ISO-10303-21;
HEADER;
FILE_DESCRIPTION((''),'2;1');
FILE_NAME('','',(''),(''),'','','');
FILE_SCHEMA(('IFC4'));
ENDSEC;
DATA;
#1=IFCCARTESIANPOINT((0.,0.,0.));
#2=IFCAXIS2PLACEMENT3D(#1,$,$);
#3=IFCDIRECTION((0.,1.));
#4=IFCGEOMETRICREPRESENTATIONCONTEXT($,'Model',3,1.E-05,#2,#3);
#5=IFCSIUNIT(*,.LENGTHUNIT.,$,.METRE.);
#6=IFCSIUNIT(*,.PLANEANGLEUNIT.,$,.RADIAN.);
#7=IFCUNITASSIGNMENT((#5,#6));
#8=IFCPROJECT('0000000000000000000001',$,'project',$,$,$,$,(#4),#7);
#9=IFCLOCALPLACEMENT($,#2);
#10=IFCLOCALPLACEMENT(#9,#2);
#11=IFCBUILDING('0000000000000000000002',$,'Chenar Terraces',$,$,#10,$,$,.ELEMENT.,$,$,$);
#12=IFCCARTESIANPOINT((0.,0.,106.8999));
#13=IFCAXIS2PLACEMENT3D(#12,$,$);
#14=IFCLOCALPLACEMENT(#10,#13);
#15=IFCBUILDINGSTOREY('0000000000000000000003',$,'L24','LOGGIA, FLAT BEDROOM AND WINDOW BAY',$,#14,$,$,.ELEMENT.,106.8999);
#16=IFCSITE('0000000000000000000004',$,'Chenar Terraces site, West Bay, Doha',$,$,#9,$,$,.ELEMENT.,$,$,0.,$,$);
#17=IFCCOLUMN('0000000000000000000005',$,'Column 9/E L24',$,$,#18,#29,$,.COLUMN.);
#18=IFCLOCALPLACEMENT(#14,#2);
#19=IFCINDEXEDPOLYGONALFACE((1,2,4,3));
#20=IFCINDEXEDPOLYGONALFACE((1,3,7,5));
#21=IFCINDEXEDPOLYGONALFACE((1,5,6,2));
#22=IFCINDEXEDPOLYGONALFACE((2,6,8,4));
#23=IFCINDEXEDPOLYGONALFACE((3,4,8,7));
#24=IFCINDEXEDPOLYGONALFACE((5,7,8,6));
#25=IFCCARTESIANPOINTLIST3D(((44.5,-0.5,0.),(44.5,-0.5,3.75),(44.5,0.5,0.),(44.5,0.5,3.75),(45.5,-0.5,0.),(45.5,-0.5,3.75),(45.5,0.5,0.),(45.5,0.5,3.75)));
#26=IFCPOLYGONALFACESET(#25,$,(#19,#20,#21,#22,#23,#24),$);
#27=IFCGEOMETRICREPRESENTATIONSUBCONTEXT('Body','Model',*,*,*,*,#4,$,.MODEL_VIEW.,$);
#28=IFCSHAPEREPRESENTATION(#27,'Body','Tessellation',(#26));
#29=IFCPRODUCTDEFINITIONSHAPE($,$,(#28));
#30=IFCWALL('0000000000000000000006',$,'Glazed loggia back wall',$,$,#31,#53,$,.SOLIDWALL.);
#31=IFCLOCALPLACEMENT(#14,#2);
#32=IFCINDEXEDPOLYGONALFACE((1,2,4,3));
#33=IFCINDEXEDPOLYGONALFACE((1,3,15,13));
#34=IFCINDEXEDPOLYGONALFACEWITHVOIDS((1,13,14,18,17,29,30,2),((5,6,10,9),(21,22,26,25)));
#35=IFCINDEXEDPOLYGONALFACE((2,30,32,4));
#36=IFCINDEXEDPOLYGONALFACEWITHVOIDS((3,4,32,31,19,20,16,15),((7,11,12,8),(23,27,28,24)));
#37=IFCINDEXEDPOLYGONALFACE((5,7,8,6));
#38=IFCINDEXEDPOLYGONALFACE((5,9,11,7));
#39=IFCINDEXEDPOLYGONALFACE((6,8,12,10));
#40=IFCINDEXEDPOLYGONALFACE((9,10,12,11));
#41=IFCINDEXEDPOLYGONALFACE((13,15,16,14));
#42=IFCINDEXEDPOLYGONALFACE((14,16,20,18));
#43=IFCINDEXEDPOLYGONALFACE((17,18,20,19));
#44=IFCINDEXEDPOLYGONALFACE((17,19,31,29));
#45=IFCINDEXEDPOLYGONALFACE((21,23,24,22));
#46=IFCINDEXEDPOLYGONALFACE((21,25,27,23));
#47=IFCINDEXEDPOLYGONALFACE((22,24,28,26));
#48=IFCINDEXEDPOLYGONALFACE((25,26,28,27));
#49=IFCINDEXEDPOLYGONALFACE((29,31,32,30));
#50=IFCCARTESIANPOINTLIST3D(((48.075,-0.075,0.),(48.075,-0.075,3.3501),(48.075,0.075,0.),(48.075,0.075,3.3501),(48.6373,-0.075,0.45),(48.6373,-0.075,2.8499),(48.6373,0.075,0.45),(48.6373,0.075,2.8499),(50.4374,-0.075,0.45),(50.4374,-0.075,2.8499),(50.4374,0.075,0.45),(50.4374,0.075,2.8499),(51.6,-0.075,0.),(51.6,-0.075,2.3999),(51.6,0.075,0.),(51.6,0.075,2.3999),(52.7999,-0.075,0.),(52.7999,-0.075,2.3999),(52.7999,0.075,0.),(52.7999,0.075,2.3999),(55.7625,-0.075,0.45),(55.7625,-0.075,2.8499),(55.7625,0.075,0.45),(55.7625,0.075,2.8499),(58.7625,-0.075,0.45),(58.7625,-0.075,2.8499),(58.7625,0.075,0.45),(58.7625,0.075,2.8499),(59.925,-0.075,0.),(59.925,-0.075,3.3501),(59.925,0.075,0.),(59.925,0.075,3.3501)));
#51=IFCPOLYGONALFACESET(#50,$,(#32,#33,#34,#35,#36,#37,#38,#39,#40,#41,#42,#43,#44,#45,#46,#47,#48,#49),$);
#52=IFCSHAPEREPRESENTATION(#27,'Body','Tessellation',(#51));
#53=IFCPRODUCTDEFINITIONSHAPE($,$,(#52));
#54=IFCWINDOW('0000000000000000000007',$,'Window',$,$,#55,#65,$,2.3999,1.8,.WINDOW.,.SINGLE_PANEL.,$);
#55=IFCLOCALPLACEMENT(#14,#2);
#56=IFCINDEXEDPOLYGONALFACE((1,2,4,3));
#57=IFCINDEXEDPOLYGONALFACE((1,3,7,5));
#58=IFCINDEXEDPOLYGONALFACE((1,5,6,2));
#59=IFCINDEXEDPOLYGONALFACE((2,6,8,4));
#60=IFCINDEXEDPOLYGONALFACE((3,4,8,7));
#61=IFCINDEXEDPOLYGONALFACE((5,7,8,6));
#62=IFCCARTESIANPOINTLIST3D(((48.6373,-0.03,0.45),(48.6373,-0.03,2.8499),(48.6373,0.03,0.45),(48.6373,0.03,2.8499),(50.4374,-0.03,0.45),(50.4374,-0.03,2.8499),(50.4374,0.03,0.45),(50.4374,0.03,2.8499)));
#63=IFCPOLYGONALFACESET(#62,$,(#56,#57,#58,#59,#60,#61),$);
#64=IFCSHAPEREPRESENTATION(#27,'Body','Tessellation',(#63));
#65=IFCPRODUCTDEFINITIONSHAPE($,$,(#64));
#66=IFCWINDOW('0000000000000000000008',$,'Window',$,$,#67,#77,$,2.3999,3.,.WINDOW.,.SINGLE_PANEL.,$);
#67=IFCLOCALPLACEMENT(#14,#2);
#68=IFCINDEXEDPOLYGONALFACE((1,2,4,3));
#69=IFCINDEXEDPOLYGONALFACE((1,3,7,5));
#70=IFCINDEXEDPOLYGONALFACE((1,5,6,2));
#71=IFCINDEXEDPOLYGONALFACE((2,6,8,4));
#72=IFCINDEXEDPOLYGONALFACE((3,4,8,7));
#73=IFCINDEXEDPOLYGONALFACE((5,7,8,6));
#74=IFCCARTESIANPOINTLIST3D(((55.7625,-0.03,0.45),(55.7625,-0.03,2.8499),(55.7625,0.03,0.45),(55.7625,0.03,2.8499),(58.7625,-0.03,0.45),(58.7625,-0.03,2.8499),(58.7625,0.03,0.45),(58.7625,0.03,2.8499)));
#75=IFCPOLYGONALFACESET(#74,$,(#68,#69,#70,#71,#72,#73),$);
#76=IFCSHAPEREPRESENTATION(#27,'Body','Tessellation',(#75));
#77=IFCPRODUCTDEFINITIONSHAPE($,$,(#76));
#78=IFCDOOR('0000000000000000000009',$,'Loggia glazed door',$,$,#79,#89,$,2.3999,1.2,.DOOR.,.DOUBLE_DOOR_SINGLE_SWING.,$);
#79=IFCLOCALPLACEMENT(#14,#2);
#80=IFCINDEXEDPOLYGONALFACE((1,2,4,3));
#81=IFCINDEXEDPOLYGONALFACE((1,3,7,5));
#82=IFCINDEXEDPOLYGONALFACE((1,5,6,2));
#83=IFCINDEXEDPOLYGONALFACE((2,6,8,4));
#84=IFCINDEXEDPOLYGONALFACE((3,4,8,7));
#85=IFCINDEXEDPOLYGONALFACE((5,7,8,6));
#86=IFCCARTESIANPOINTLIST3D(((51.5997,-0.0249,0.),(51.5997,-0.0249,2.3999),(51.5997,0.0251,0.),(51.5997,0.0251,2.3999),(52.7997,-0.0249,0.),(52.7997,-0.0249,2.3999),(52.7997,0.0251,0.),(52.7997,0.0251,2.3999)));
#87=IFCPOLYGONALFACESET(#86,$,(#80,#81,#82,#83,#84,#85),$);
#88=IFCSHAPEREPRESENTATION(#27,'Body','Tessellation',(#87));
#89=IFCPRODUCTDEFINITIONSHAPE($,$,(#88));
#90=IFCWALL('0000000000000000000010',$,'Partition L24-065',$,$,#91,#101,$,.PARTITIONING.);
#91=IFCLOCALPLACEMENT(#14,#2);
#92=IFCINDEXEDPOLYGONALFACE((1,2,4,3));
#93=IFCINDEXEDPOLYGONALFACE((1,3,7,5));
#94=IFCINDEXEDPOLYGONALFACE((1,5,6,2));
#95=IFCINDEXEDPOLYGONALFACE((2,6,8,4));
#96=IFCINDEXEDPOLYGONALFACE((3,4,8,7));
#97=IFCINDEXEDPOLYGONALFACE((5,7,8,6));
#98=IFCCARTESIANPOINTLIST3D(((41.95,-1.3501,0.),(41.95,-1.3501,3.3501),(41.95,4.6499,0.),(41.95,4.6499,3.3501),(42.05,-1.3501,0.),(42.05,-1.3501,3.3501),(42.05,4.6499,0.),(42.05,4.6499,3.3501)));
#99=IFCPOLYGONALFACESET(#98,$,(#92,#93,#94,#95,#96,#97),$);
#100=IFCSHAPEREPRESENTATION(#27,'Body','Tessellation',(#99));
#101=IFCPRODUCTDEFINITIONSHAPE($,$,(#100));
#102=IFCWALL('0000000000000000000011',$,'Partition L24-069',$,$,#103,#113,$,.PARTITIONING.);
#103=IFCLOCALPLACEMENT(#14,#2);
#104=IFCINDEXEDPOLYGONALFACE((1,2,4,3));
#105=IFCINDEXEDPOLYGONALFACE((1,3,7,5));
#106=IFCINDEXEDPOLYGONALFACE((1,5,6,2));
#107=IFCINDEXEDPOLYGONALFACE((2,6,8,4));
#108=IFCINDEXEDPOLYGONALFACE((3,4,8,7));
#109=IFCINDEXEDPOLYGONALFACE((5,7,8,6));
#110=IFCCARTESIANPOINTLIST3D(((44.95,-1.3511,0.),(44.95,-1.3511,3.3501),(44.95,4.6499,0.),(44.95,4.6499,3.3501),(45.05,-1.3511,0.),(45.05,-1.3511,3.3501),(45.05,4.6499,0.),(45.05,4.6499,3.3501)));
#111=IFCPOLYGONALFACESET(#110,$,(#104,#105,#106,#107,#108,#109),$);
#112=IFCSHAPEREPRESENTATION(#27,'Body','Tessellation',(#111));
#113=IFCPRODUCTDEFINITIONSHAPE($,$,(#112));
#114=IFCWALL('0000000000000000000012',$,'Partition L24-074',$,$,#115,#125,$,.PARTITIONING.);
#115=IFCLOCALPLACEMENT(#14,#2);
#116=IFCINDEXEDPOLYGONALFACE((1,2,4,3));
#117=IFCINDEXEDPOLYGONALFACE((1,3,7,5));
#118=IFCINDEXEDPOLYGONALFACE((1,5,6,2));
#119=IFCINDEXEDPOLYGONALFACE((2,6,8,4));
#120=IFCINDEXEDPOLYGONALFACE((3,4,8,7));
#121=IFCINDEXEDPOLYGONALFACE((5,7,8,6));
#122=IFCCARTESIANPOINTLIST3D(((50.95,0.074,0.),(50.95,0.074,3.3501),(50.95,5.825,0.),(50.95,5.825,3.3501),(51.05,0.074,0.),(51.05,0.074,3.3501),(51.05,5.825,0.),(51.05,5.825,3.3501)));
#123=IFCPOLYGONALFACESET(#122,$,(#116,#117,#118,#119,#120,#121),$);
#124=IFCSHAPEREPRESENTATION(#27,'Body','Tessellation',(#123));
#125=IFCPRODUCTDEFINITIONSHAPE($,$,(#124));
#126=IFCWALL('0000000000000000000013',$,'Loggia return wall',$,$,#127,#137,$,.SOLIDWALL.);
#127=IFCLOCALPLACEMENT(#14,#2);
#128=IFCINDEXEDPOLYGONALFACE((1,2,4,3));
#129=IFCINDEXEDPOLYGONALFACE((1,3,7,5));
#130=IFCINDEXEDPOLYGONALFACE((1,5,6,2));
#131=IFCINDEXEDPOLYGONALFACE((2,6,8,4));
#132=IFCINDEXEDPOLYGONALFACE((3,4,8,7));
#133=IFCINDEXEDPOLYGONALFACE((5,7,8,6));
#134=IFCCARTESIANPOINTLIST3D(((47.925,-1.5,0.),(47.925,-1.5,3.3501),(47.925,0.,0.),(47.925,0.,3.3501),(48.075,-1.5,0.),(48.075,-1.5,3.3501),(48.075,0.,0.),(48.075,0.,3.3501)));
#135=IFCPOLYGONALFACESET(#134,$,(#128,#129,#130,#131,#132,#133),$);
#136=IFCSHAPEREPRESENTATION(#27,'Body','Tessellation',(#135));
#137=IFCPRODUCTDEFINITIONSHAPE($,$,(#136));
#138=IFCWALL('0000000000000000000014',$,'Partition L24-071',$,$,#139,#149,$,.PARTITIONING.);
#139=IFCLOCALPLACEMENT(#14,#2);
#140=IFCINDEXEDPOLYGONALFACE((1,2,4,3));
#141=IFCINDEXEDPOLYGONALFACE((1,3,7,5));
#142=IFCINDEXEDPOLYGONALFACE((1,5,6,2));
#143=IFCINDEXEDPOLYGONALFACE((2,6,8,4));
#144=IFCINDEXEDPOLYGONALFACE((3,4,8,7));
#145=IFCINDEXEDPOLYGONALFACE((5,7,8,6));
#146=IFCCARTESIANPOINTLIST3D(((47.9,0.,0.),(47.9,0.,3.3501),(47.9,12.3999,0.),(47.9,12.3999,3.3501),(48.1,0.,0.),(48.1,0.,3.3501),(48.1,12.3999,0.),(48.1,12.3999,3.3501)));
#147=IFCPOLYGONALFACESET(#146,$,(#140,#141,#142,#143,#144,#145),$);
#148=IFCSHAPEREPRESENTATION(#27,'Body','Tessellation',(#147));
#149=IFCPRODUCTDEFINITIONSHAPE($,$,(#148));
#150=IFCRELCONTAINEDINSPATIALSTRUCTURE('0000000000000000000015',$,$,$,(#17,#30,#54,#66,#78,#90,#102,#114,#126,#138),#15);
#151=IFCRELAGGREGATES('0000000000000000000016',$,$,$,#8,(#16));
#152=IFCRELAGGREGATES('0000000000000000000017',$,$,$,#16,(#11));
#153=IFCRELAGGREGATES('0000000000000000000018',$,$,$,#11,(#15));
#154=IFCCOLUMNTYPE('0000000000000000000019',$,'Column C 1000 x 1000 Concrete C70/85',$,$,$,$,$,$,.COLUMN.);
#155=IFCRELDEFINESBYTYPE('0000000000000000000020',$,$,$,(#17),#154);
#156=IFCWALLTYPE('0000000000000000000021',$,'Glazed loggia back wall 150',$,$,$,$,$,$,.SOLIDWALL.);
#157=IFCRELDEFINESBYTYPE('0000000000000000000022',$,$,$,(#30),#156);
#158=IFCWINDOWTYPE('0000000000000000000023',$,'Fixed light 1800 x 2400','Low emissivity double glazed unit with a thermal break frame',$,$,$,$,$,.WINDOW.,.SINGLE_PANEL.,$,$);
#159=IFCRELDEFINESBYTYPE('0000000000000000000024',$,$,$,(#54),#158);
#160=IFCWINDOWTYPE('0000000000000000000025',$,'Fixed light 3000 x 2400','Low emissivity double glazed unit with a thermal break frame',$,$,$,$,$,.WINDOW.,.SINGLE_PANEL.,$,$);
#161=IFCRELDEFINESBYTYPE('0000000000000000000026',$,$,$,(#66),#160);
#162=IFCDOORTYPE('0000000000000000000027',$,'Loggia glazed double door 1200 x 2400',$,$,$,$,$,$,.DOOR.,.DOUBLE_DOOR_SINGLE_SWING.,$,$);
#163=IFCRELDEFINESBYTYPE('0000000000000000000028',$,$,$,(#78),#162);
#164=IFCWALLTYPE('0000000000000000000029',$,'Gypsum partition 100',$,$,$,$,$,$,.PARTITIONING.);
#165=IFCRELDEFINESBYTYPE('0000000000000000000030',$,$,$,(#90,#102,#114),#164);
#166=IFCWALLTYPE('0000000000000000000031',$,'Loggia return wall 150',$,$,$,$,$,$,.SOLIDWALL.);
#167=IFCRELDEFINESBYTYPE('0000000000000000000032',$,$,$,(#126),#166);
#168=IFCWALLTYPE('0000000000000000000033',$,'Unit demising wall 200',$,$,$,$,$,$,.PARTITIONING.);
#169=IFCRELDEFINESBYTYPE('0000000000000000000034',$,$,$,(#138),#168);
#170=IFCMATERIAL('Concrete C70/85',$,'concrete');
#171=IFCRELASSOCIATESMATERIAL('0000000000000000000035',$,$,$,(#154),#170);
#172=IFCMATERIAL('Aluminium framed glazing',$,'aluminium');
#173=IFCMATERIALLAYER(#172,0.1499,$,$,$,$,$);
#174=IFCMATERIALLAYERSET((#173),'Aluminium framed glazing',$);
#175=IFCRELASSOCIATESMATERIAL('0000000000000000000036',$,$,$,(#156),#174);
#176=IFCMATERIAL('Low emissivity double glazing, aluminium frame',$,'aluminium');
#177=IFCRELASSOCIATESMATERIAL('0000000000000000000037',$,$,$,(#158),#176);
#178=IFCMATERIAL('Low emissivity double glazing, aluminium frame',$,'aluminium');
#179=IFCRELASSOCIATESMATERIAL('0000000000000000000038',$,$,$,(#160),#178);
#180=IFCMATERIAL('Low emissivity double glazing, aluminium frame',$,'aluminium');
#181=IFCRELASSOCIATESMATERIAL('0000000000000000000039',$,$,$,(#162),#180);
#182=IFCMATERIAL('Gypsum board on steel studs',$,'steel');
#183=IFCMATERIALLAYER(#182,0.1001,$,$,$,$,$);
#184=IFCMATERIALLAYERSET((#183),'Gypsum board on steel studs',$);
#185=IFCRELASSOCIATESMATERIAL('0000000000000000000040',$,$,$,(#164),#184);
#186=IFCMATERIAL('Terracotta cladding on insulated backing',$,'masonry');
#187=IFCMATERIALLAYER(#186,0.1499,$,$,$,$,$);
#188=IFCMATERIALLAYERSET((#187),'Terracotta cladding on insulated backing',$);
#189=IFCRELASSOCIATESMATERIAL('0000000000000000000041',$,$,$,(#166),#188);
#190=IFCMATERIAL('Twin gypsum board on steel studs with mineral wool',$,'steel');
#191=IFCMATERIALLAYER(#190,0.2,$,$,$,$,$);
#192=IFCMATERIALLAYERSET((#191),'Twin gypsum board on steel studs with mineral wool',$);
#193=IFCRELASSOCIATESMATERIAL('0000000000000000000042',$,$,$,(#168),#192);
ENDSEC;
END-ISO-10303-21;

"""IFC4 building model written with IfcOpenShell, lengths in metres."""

from ifc_helpers import new_model, si_unit, direction, frame, frame_2d, origin, origin_2d, place, context, subcontext, project, spatial, rectangle, extrude, material, layer, layer_set, material_profile, profile_set, type_object, element, fill, save


model = new_model("IFC4")

# Units and contexts
model_context = context("Model", 3, precision=1e-05, world=origin(), true_north=direction((0.0, 1.0)))
body_context = subcontext(model_context, "Body", "Model", "MODEL_VIEW")
ifc_project = project(units=[si_unit("LENGTHUNIT", "METRE"), si_unit("PLANEANGLEUNIT", "RADIAN")], contexts=[model_context])

# Site, building, storey
site_placement = place(None, origin())
site = spatial("IfcSite", under=ifc_project, at=site_placement, Name="Chenar Terraces site, West Bay, Doha", CompositionType="ELEMENT", RefElevation=0.0)
building_placement = place(site_placement, origin())
building = spatial("IfcBuilding", under=site, at=building_placement, Name="Chenar Terraces", CompositionType="ELEMENT")
storey_placement = place(building_placement, frame((0.0, 0.0, 106.8999)))
storey = spatial("IfcBuildingStorey", under=building, at=storey_placement, Name="L24", Description="LOGGIA, FLAT BEDROOM AND WINDOW BAY", CompositionType="ELEMENT", Elevation=106.8999)

# Column
ifc_material_1 = material(Name="Concrete C70/85", Category="concrete")
ifc_material_profile_1 = material_profile(ifc_material_1, rectangle(XDim=1.0, YDim=1.0, at=origin_2d()), Name="C 1000 x 1000")
ifc_profile_set_1 = profile_set([ifc_material_profile_1], Name="Concrete C70/85")
column_type = type_object("IfcColumnType", Name="Column C 1000 x 1000 Concrete C70/85", PredefinedType="COLUMN", material=ifc_profile_set_1)
column_placement = place(storey_placement, frame((45.0, 0.0, 0.0), z_axis=(0.0, 0.0, 1.0), x_axis=(1.0, 0.0, 0.0)))
element("IfcColumn", 1, at=column_placement, inside=storey, type_object=column_type, Name="Column 9/E L24", PredefinedType="COLUMN", context=body_context, shape_type="SweptSolid", body=[
    extrude(rectangle(XDim=1.0, YDim=1.0, at=origin_2d()), origin(), (0.0, 0.0, 1.0), 3.75),
])

# Wall, openings, windows, door
ifc_material_2 = material(Name="Aluminium framed glazing", Category="aluminium")
ifc_layer_1 = layer(ifc_material_2, 0.1499)
ifc_layer_set_1 = layer_set([ifc_layer_1], Name="Aluminium framed glazing")
wall_type_1 = type_object("IfcWallType", Name="Glazed loggia back wall 150", PredefinedType="SOLIDWALL", material=ifc_layer_set_1)
wall_1_placement = place(storey_placement, frame((48.075, 0.0, 0.0), z_axis=(0.0, 0.0, 1.0), x_axis=(1.0, 0.0, 0.0)))
wall_1 = element("IfcWall", 2, at=wall_1_placement, inside=storey, type_object=wall_type_1, Name="Glazed loggia back wall", PredefinedType="SOLIDWALL", context=body_context, shape_type="SweptSolid", body=[
    extrude(rectangle(XDim=11.8501, YDim=0.1499, at=frame_2d((5.925, 0.0))), origin(), (0.0, 0.0, 1.0), 3.3501),
])
opening_1_placement = place(wall_1_placement, frame((0.5625, 0.0, 0.45)))
opening_1 = element("IfcOpeningElement", 3, at=opening_1_placement, cuts=wall_1, PredefinedType="OPENING", context=body_context, shape_type="SweptSolid", body=[
    extrude(rectangle(XDim=1.8, YDim=2.3999, at=frame_2d((0.8999, 1.2))), frame((0.0, 0.085, 0.0), z_axis=(0.0, -1.0, 0.0), x_axis=(1.0, 0.0, 0.0)), (0.0, 0.0, 1.0), 0.1699),
])
opening_2_placement = place(wall_1_placement, frame((3.5249, 0.0, 0.0)))
opening_2 = element("IfcOpeningElement", 4, at=opening_2_placement, cuts=wall_1, PredefinedType="OPENING", context=body_context, shape_type="SweptSolid", body=[
    extrude(rectangle(XDim=1.2, YDim=2.3999, at=frame_2d((0.6001, 1.2))), frame((0.0, 0.085, 0.0), z_axis=(0.0, -1.0, 0.0), x_axis=(1.0, 0.0, 0.0)), (0.0, 0.0, 1.0), 0.1699),
])
opening_3_placement = place(wall_1_placement, frame((7.6875, 0.0, 0.45)))
opening_3 = element("IfcOpeningElement", 5, at=opening_3_placement, cuts=wall_1, PredefinedType="OPENING", context=body_context, shape_type="SweptSolid", body=[
    extrude(rectangle(XDim=3.0, YDim=2.3999, at=frame_2d((1.5, 1.2))), frame((0.0, 0.085, 0.0), z_axis=(0.0, -1.0, 0.0), x_axis=(1.0, 0.0, 0.0)), (0.0, 0.0, 1.0), 0.1699),
])
ifc_material_3 = material(Name="Low emissivity double glazing, aluminium frame", Category="aluminium")
window_type_1 = type_object("IfcWindowType", Name="Fixed light 1800 x 2400", Description="Low emissivity double glazed unit with a thermal break frame", PartitioningType="SINGLE_PANEL", PredefinedType="WINDOW", material=ifc_material_3)
window_1_placement = place(opening_1_placement, origin())
window_1 = element("IfcWindow", 6, at=window_1_placement, inside=storey, type_object=window_type_1, Name="Window", OverallHeight=2.3999, OverallWidth=1.8, PartitioningType="SINGLE_PANEL", PredefinedType="WINDOW", context=body_context, shape_type="SweptSolid", body=[
    extrude(rectangle(XDim=1.8, YDim=2.3999, at=frame_2d((0.8999, 1.2))), frame((0.0, 0.03, 0.0), z_axis=(0.0, -1.0, 0.0), x_axis=(1.0, 0.0, 0.0)), (0.0, 0.0, 1.0), 0.0601),
])
fill(opening_1, window_1)
ifc_material_4 = material(Name="Low emissivity double glazing, aluminium frame", Category="aluminium")
window_type_2 = type_object("IfcWindowType", Name="Fixed light 3000 x 2400", Description="Low emissivity double glazed unit with a thermal break frame", PartitioningType="SINGLE_PANEL", PredefinedType="WINDOW", material=ifc_material_4)
window_2_placement = place(opening_3_placement, origin())
window_2 = element("IfcWindow", 7, at=window_2_placement, inside=storey, type_object=window_type_2, Name="Window", OverallHeight=2.3999, OverallWidth=3.0, PartitioningType="SINGLE_PANEL", PredefinedType="WINDOW", context=body_context, shape_type="SweptSolid", body=[
    extrude(rectangle(XDim=3.0, YDim=2.3999, at=frame_2d((1.5, 1.2))), frame((0.0, 0.03, 0.0), z_axis=(0.0, -1.0, 0.0), x_axis=(1.0, 0.0, 0.0)), (0.0, 0.0, 1.0), 0.0601),
])
fill(opening_3, window_2)
ifc_material_5 = material(Name="Low emissivity double glazing, aluminium frame", Category="aluminium")
door_type = type_object("IfcDoorType", Name="Loggia glazed double door 1200 x 2400", OperationType="DOUBLE_DOOR_SINGLE_SWING", PredefinedType="DOOR", material=ifc_material_5)
door_placement = place(opening_2_placement, frame((1.2, 0.0, 0.0), z_axis=(0.0, 0.0, 1.0), x_axis=(-1.0, 0.0, 0.0)))
door = element("IfcDoor", 8, at=door_placement, inside=storey, type_object=door_type, Name="Loggia glazed door", OperationType="DOUBLE_DOOR_SINGLE_SWING", OverallHeight=2.3999, OverallWidth=1.2, PredefinedType="DOOR", context=body_context, shape_type="SweptSolid", body=[
    extrude(rectangle(XDim=1.2, YDim=2.3999, at=frame_2d((0.6001, 1.2))), frame((0.0, 0.0249, 0.0), z_axis=(0.0, -1.0, 0.0), x_axis=(1.0, 0.0, 0.0)), (0.0, 0.0, 1.0), 0.05),
])
fill(opening_2, door)

# Walls
ifc_material_6 = material(Name="Gypsum board on steel studs", Category="steel")
ifc_layer_2 = layer(ifc_material_6, 0.1001)
ifc_layer_set_2 = layer_set([ifc_layer_2], Name="Gypsum board on steel studs")
wall_type_2 = type_object("IfcWallType", Name="Gypsum partition 100", PredefinedType="PARTITIONING", material=ifc_layer_set_2)
wall_2_placement = place(storey_placement, frame((42.0, -1.3501, 0.0), z_axis=(0.0, 0.0, 1.0), x_axis=(0.0, 1.0, 0.0)))
element("IfcWall", 9, at=wall_2_placement, inside=storey, type_object=wall_type_2, Name="Partition L24-065", PredefinedType="PARTITIONING", context=body_context, shape_type="SweptSolid", body=[
    extrude(rectangle(XDim=6.0, YDim=0.1001, at=frame_2d((3.0, 0.0))), origin(), (0.0, 0.0, 1.0), 3.3501),
])
wall_3_placement = place(storey_placement, frame((45.0, -1.3511, 0.0), z_axis=(0.0, 0.0, 1.0), x_axis=(0.0, 1.0, 0.0)))
element("IfcWall", 10, at=wall_3_placement, inside=storey, type_object=wall_type_2, Name="Partition L24-069", PredefinedType="PARTITIONING", context=body_context, shape_type="SweptSolid", body=[
    extrude(rectangle(XDim=6.001, YDim=0.1001, at=frame_2d((3.0005, 0.0))), origin(), (0.0, 0.0, 1.0), 3.3501),
])
wall_4_placement = place(storey_placement, frame((51.0, 0.074, 0.0), z_axis=(0.0, 0.0, 1.0), x_axis=(0.0, 1.0, 0.0)))
element("IfcWall", 11, at=wall_4_placement, inside=storey, type_object=wall_type_2, Name="Partition L24-074", PredefinedType="PARTITIONING", context=body_context, shape_type="SweptSolid", body=[
    extrude(rectangle(XDim=5.751, YDim=0.1001, at=frame_2d((2.8755, 0.0))), origin(), (0.0, 0.0, 1.0), 3.3501),
])
ifc_material_7 = material(Name="Terracotta cladding on insulated backing", Category="masonry")
ifc_layer_3 = layer(ifc_material_7, 0.1499)
ifc_layer_set_3 = layer_set([ifc_layer_3], Name="Terracotta cladding on insulated backing")
wall_type_3 = type_object("IfcWallType", Name="Loggia return wall 150", PredefinedType="SOLIDWALL", material=ifc_layer_set_3)
wall_5_placement = place(storey_placement, frame((48.0, -1.5, 0.0), z_axis=(0.0, 0.0, 1.0), x_axis=(0.0, 1.0, 0.0)))
element("IfcWall", 12, at=wall_5_placement, inside=storey, type_object=wall_type_3, Name="Loggia return wall", PredefinedType="SOLIDWALL", context=body_context, shape_type="SweptSolid", body=[
    extrude(rectangle(XDim=1.5, YDim=0.1499, at=frame_2d((0.75, 0.0))), origin(), (0.0, 0.0, 1.0), 3.3501),
])
ifc_material_8 = material(Name="Twin gypsum board on steel studs with mineral wool", Category="steel")
ifc_layer_4 = layer(ifc_material_8, 0.2)
ifc_layer_set_4 = layer_set([ifc_layer_4], Name="Twin gypsum board on steel studs with mineral wool")
wall_type_4 = type_object("IfcWallType", Name="Unit demising wall 200", PredefinedType="PARTITIONING", material=ifc_layer_set_4)
wall_6_placement = place(storey_placement, frame((48.0, 0.0, 0.0), z_axis=(0.0, 0.0, 1.0), x_axis=(0.0, 1.0, 0.0)))
element("IfcWall", 13, at=wall_6_placement, inside=storey, type_object=wall_type_4, Name="Partition L24-071", PredefinedType="PARTITIONING", context=body_context, shape_type="SweptSolid", body=[
    extrude(rectangle(XDim=12.3999, YDim=0.2, at=frame_2d((6.2, 0.0))), origin(), (0.0, 0.0, 1.0), 3.3501),
])

save(model, "model.ifc")
